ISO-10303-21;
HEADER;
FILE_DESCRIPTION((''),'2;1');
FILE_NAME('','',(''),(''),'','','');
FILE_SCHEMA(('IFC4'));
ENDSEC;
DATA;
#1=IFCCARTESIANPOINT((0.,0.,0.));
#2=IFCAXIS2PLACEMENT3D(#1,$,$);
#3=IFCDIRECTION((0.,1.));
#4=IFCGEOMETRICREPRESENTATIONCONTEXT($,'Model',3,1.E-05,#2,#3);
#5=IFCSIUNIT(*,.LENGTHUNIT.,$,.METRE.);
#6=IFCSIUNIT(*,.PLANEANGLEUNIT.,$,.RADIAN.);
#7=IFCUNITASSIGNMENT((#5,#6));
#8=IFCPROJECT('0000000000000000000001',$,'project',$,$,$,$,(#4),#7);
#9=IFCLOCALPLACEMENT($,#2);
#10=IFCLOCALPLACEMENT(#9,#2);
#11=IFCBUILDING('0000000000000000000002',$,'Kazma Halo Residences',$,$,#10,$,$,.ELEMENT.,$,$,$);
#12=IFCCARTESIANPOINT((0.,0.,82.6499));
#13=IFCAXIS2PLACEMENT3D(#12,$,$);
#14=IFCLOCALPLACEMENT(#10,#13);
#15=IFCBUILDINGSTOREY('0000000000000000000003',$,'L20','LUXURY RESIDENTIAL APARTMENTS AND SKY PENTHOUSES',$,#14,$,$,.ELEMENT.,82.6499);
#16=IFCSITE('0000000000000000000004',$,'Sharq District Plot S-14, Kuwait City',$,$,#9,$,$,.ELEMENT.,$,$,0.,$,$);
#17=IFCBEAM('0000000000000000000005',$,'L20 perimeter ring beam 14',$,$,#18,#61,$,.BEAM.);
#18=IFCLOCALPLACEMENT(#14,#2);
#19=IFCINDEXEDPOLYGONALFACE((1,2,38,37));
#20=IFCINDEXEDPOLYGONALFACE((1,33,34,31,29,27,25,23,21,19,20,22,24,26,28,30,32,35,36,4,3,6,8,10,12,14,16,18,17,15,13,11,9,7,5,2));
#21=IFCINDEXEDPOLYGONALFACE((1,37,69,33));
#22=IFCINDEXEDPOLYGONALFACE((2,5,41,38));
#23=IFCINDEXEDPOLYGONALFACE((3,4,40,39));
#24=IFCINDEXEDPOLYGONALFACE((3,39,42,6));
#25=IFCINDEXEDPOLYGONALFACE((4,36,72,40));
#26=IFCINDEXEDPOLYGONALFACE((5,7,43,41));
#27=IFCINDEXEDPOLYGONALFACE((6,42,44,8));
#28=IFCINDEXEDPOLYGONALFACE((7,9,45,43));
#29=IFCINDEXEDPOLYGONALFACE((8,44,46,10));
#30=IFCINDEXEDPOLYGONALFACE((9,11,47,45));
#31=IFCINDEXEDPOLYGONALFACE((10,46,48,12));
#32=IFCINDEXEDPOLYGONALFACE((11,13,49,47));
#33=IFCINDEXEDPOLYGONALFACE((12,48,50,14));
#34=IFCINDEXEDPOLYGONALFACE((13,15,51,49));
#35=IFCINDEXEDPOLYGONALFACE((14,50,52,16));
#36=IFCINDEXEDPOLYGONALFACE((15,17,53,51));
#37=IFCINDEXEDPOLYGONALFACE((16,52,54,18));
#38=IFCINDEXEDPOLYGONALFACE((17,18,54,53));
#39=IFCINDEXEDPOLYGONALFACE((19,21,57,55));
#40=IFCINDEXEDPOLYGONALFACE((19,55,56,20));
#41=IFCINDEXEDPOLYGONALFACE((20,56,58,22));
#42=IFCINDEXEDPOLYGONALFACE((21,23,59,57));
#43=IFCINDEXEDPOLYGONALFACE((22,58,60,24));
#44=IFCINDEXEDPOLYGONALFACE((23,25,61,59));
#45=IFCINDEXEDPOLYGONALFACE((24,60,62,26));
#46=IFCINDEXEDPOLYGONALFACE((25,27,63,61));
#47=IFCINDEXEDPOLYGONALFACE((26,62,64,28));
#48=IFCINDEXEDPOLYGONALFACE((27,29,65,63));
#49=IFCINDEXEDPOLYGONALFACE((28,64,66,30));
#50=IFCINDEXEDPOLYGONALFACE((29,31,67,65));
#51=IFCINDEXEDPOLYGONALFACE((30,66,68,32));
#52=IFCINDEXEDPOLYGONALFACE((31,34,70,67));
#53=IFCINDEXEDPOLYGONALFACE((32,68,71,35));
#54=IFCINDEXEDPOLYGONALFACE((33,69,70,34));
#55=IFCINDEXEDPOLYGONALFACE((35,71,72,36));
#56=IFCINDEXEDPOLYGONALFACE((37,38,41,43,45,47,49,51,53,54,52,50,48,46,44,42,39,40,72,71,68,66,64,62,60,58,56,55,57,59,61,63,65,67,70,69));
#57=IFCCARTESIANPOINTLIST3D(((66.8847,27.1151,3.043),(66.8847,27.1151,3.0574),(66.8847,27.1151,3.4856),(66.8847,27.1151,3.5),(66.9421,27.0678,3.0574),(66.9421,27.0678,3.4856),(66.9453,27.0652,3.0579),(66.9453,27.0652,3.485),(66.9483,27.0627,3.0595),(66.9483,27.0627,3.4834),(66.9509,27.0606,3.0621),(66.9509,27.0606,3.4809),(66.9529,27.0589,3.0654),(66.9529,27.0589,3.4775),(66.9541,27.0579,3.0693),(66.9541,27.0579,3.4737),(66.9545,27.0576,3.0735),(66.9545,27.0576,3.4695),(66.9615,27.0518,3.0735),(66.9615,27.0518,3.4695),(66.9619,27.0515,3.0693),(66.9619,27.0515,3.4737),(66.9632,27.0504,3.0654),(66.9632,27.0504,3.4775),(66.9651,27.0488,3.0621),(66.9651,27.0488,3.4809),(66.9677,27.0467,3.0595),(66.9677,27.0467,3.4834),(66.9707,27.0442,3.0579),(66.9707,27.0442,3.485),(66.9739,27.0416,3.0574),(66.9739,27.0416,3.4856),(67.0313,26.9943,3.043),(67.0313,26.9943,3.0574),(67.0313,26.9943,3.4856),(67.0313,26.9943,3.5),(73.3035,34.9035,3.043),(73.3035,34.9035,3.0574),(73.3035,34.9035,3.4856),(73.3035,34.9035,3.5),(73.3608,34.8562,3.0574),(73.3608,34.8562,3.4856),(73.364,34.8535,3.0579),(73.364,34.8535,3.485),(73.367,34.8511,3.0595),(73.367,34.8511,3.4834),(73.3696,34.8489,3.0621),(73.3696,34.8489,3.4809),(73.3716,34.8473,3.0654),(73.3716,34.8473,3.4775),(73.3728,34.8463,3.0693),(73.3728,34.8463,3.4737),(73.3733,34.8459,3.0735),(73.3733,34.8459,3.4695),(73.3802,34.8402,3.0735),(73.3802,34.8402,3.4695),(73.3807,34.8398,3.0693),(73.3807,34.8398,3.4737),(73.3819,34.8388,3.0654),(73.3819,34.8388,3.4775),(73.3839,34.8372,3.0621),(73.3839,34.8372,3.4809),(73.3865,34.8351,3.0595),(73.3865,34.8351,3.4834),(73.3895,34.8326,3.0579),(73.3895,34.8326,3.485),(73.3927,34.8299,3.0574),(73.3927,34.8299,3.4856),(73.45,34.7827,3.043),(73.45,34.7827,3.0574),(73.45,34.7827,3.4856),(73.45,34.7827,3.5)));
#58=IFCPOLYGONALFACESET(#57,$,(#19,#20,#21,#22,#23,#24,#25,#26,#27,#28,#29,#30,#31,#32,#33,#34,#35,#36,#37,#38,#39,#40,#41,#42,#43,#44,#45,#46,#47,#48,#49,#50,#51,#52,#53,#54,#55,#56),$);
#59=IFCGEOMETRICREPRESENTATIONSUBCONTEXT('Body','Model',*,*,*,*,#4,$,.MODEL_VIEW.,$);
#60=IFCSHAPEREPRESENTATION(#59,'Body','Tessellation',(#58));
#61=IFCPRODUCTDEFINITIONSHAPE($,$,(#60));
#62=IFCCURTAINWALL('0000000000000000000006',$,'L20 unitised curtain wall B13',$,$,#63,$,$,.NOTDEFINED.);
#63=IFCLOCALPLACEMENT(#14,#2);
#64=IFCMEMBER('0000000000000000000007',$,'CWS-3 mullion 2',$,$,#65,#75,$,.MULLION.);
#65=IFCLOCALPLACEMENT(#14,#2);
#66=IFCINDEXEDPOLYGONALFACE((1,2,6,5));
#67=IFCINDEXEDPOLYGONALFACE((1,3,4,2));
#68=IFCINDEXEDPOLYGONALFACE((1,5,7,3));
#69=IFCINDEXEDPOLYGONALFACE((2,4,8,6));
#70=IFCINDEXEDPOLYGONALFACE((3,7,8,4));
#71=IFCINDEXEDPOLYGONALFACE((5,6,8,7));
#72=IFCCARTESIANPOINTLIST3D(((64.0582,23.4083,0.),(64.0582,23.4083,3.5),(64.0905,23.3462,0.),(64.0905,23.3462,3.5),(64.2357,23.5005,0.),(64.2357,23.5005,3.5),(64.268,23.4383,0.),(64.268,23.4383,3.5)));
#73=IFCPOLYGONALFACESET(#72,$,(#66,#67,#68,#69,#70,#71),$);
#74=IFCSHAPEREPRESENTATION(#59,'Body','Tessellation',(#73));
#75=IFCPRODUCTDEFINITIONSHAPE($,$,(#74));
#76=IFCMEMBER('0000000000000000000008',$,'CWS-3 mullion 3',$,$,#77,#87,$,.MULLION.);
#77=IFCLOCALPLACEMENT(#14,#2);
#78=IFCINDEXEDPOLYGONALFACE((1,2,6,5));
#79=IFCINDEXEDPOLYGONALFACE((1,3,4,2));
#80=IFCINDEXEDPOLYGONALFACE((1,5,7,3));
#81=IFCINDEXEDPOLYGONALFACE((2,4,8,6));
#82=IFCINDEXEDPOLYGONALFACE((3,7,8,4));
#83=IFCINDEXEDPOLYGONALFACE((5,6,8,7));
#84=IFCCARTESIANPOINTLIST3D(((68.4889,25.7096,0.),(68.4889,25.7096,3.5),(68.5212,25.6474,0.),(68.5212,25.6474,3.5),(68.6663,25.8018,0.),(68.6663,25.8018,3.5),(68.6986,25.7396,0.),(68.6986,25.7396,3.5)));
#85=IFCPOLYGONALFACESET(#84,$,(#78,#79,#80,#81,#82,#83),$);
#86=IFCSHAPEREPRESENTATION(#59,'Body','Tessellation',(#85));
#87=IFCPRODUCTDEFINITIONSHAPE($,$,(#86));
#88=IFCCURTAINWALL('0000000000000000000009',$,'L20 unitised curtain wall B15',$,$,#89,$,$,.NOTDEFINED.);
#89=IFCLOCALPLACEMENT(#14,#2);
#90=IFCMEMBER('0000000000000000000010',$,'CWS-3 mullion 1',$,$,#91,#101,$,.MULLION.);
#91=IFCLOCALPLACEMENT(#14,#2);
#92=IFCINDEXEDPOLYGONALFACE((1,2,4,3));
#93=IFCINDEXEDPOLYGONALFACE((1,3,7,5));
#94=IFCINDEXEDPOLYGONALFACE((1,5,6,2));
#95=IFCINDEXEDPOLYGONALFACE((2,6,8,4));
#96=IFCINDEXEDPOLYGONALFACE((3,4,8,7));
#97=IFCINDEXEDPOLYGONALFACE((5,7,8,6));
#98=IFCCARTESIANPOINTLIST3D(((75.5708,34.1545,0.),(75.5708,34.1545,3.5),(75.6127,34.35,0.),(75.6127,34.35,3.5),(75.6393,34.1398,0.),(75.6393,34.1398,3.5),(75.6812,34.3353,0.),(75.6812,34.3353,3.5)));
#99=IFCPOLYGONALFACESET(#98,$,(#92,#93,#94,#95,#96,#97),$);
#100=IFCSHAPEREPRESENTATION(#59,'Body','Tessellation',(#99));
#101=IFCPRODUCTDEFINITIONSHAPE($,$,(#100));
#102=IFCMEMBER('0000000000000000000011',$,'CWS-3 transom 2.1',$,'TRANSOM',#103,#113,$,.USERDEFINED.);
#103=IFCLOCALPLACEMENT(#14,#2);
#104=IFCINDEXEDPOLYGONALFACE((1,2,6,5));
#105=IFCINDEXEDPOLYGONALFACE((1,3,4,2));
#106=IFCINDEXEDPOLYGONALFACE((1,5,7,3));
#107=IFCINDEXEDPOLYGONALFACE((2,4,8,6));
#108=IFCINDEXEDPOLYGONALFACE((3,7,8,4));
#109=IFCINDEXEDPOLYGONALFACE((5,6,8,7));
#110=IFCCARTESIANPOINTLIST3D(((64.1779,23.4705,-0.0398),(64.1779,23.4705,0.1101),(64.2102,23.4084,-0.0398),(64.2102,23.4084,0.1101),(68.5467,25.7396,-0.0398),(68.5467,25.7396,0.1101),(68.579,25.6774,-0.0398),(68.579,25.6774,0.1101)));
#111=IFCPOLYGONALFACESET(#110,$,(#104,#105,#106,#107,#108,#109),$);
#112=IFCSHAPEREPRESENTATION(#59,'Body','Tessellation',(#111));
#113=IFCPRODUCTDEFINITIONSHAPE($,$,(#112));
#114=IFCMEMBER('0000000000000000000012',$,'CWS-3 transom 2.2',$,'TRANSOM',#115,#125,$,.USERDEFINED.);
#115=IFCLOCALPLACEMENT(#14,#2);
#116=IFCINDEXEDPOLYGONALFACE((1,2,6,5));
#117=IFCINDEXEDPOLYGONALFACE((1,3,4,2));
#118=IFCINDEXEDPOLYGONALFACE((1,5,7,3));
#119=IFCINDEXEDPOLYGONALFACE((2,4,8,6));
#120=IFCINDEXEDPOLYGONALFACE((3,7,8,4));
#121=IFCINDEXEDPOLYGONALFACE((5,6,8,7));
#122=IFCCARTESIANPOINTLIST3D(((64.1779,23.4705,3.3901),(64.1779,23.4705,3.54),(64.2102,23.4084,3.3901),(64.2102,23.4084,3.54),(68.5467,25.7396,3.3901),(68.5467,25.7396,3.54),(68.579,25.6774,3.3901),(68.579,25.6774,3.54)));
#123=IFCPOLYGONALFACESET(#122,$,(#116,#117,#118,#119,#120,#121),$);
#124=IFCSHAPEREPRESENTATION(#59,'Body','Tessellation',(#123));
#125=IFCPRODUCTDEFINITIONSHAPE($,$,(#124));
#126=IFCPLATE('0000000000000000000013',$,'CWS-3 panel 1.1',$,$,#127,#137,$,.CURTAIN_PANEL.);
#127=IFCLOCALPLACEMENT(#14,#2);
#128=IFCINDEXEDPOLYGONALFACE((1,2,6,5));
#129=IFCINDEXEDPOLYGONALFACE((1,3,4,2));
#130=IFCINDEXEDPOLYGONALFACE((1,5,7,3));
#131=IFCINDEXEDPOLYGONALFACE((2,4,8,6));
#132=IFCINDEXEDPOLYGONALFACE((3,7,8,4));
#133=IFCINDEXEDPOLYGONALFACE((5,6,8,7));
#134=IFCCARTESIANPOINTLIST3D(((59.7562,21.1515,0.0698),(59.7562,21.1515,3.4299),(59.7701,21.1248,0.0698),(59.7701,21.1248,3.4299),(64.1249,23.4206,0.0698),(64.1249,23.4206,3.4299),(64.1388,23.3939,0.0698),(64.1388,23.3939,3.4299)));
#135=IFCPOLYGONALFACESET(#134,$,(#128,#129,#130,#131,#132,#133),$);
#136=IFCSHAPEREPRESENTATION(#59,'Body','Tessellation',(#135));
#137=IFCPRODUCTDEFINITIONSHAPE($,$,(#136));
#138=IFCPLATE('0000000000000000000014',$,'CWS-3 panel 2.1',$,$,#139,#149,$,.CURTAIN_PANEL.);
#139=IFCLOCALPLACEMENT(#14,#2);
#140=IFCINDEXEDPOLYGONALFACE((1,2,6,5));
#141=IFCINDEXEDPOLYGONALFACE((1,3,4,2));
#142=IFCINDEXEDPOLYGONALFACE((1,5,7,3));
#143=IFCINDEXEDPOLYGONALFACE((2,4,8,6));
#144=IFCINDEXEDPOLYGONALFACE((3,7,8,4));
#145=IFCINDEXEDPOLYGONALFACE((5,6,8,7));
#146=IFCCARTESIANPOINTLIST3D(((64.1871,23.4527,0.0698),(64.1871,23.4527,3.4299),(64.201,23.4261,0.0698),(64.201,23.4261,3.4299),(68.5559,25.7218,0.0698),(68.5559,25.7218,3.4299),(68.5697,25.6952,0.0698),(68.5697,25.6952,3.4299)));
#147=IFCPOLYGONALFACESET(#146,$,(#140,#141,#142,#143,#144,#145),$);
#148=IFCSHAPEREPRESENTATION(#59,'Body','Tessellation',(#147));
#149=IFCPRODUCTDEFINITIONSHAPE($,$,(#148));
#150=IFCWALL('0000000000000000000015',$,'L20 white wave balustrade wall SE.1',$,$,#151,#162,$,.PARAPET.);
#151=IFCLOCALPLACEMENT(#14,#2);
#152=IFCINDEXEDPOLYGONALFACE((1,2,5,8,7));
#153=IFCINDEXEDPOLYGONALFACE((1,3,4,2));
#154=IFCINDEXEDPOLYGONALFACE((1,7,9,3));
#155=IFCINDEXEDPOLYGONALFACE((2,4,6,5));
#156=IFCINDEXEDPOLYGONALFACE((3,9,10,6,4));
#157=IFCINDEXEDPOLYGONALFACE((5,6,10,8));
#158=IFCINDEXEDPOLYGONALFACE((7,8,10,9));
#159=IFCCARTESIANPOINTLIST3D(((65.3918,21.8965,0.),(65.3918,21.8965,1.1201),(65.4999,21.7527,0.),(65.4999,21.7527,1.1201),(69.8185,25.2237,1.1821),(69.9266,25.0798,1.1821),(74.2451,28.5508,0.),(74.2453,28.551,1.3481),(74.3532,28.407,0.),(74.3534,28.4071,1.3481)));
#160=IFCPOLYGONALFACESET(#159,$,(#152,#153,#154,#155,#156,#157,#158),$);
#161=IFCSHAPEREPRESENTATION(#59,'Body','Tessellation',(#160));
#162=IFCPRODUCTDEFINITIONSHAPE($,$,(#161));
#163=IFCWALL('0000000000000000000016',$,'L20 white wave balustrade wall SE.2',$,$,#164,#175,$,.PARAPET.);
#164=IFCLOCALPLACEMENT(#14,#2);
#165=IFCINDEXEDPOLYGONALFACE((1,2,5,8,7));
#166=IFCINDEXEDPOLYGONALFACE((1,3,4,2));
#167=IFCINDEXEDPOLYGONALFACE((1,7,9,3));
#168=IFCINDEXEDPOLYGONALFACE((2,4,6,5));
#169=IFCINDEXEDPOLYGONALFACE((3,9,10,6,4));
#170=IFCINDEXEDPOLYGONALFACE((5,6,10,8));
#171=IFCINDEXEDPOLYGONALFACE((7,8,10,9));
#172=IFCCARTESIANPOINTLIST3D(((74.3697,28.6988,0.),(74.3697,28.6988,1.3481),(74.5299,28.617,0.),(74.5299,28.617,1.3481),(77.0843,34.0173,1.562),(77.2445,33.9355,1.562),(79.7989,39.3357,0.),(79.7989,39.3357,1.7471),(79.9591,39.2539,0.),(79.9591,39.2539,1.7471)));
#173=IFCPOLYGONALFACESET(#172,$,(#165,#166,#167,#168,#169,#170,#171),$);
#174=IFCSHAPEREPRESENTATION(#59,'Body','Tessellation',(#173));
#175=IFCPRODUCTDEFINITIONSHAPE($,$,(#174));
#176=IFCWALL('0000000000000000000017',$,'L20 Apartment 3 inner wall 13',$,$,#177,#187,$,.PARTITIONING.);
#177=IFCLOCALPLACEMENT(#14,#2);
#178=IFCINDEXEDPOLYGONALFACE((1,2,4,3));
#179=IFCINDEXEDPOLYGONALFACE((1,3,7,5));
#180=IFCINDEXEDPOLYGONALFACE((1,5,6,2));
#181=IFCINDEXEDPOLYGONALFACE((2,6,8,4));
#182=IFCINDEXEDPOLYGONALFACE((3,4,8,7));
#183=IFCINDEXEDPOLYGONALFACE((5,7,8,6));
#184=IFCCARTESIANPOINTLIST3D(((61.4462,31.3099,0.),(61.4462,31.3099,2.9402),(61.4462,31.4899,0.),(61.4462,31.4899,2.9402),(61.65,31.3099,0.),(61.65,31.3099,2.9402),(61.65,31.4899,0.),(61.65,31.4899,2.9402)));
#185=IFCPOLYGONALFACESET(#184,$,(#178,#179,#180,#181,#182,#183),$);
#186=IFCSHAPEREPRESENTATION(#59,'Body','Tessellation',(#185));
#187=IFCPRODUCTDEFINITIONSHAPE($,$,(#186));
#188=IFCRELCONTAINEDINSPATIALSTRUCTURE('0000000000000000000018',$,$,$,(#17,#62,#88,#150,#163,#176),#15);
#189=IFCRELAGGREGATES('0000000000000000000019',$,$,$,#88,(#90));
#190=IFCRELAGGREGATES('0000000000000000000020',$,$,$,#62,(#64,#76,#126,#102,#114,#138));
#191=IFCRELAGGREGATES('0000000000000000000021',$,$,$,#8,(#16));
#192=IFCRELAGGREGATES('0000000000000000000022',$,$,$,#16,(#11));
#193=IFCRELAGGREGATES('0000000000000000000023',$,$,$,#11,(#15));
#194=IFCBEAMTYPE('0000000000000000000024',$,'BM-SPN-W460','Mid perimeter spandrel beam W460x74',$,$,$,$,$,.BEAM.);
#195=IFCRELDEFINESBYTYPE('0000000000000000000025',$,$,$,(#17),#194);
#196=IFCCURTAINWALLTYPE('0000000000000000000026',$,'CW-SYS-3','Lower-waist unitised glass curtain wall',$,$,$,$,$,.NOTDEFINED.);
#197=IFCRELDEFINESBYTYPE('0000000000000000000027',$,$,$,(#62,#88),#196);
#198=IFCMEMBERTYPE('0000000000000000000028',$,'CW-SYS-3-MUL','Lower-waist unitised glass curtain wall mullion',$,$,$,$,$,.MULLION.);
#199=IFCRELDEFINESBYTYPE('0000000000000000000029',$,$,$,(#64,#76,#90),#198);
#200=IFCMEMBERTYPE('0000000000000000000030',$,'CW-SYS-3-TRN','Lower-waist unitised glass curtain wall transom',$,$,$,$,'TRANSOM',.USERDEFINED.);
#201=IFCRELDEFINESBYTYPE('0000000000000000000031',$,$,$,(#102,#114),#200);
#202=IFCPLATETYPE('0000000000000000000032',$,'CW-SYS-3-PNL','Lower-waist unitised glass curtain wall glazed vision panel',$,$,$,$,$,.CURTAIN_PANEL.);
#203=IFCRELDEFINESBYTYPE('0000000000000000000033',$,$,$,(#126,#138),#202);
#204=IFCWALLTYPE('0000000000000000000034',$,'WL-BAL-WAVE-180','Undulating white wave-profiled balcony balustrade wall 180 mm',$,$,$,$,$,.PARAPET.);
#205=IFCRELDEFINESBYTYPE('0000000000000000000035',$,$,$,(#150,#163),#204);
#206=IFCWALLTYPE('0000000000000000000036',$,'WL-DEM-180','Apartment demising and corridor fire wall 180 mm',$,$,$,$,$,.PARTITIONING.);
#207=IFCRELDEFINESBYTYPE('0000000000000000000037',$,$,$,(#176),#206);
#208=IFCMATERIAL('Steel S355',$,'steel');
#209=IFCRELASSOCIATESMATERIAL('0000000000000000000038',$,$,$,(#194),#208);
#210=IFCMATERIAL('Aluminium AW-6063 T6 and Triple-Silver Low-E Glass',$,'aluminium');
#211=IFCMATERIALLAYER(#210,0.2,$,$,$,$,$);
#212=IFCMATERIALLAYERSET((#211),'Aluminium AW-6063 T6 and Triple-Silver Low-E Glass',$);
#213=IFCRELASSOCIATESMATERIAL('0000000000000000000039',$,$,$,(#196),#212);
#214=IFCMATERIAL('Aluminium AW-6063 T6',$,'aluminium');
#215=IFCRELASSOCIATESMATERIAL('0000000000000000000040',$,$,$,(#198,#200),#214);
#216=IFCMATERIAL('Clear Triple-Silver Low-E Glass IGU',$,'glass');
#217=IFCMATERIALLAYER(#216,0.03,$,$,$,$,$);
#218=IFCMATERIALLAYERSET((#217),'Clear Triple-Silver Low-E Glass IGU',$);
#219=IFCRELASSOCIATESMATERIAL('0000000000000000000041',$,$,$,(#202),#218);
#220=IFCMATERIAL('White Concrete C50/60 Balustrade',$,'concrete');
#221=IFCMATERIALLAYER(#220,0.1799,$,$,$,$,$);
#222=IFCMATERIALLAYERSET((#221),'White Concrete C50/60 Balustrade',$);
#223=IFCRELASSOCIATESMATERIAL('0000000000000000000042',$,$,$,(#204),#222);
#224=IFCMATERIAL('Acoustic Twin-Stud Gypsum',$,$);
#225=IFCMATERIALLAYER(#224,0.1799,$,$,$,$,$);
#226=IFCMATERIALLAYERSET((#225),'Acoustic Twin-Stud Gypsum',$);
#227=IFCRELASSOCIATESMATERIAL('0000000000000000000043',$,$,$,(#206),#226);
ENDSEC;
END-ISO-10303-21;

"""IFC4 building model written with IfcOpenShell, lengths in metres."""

from ifc_helpers import new_model, si_unit, direction, frame, frame_2d, origin, origin_2d, place, context, subcontext, project, spatial, polyline, rectangle, i_section, outline, extrude, material, layer, layer_set, material_profile, profile_set, type_object, element, aggregate, save


model = new_model("IFC4")

# Units and contexts
model_context = context("Model", 3, precision=1e-05, world=origin(), true_north=direction((0.0, 1.0)))
body_context = subcontext(model_context, "Body", "Model", "MODEL_VIEW")
ifc_project = project(units=[si_unit("LENGTHUNIT", "METRE"), si_unit("PLANEANGLEUNIT", "RADIAN")], contexts=[model_context])

# Site, building, storey
site_placement = place(None, origin())
site = spatial("IfcSite", under=ifc_project, at=site_placement, Name="Sharq District Plot S-14, Kuwait City", CompositionType="ELEMENT", RefElevation=0.0)
building_placement = place(site_placement, origin())
building = spatial("IfcBuilding", under=site, at=building_placement, Name="Kazma Halo Residences", CompositionType="ELEMENT")
storey_placement = place(building_placement, frame((0.0, 0.0, 82.6499)))
storey = spatial("IfcBuildingStorey", under=building, at=storey_placement, Name="L20", Description="LUXURY RESIDENTIAL APARTMENTS AND SKY PENTHOUSES", CompositionType="ELEMENT", Elevation=82.6499)

# Beam
ifc_material_1 = material(Name="Steel S355", Category="steel")
ifc_material_profile_1 = material_profile(ifc_material_1, i_section(OverallWidth=0.1899, OverallDepth=0.457, WebThickness=0.009, FlangeThickness=0.0144, FilletRadius=0.0161, at=origin_2d()), Name="W460x74")
ifc_profile_set_1 = profile_set([ifc_material_profile_1], Name="Steel S355")
beam_type_1 = type_object("IfcBeamType", Name="BM-SPN-W460", Description="Mid perimeter spandrel beam W460x74", PredefinedType="BEAM", material=ifc_profile_set_1)
beam_1_placement = place(storey_placement, frame((66.958, 27.0547, 3.2715), z_axis=(0.63599, 0.771698, 0.0), x_axis=(-0.771698, 0.63599, 0.0)))
element("IfcBeam", 1, at=beam_1_placement, inside=storey, type_object=beam_type_1, Name="L20 perimeter ring beam 14", PredefinedType="BEAM", context=body_context, shape_type="SweptSolid", body=[
    extrude(i_section(OverallWidth=0.1899, OverallDepth=0.457, WebThickness=0.009, FlangeThickness=0.0144, FilletRadius=0.0161, at=origin_2d()), origin(), (0.0, 0.0, 1.0), 10.0925),
])

# Curtain wall, members
ifc_material_2 = material(Name="Aluminium AW-6063 T6 and Triple-Silver Low-E Glass", Category="aluminium")
ifc_layer_1 = layer(ifc_material_2, 0.2)
ifc_layer_set_1 = layer_set([ifc_layer_1], Name="Aluminium AW-6063 T6 and Triple-Silver Low-E Glass")
curtain_wall_type = type_object("IfcCurtainWallType", Name="CW-SYS-3", Description="Lower-waist unitised glass curtain wall", PredefinedType="NOTDEFINED", material=ifc_layer_set_1)
curtain_wall_1_placement = place(storey_placement, origin())
curtain_wall_1 = element("IfcCurtainWall", 2, at=curtain_wall_1_placement, inside=storey, type_object=curtain_wall_type, Name="L20 unitised curtain wall B13", PredefinedType="NOTDEFINED")
ifc_material_3 = material(Name="Aluminium AW-6063 T6", Category="aluminium")
ifc_material_profile_2 = material_profile(ifc_material_3, rectangle(XDim=0.0701, YDim=0.2, at=origin_2d()), Name="CWM-70x200")
ifc_profile_set_2 = profile_set([ifc_material_profile_2], Name="Aluminium AW-6063 T6")
member_type_1 = type_object("IfcMemberType", Name="CW-SYS-3-MUL", Description="Lower-waist unitised glass curtain wall mullion", PredefinedType="MULLION", material=ifc_profile_set_2)
member_1_placement = place(storey_placement, frame((64.1631, 23.4233, 0.0), z_axis=(0.0, 0.0, 1.0), x_axis=(-0.460932, 0.887435, 0.0)))
member_1 = element("IfcMember", 3, at=member_1_placement, type_object=member_type_1, Name="CWS-3 mullion 2", PredefinedType="MULLION", context=body_context, shape_type="SweptSolid", body=[
    extrude(rectangle(XDim=0.0701, YDim=0.2, at=origin_2d()), origin(), (0.0, 0.0, 1.0), 3.5),
])
member_2_placement = place(storey_placement, frame((68.5938, 25.7246, 0.0), z_axis=(0.0, 0.0, 1.0), x_axis=(-0.460932, 0.887435, 0.0)))
member_2 = element("IfcMember", 4, at=member_2_placement, type_object=member_type_1, Name="CWS-3 mullion 3", PredefinedType="MULLION", context=body_context, shape_type="SweptSolid", body=[
    extrude(rectangle(XDim=0.0701, YDim=0.2, at=origin_2d()), origin(), (0.0, 0.0, 1.0), 3.5),
])

# Curtain wall, member
curtain_wall_2_placement = place(storey_placement, origin())
curtain_wall_2 = element("IfcCurtainWall", 5, at=curtain_wall_2_placement, inside=storey, type_object=curtain_wall_type, Name="L20 unitised curtain wall B15", PredefinedType="NOTDEFINED")
member_3_placement = place(storey_placement, frame((75.626, 34.2449, 0.0), z_axis=(0.0, 0.0, 1.0), x_axis=(-0.977774, 0.209661, 0.0)))
member_3 = element("IfcMember", 6, at=member_3_placement, type_object=member_type_1, Name="CWS-3 mullion 1", PredefinedType="MULLION", context=body_context, shape_type="SweptSolid", body=[
    extrude(rectangle(XDim=0.0701, YDim=0.2, at=origin_2d()), origin(), (0.0, 0.0, 1.0), 3.5),
])
aggregate(curtain_wall_2, [member_3])

# Members
ifc_material_profile_3 = material_profile(ifc_material_3, rectangle(XDim=0.0701, YDim=0.1499, at=origin_2d()), Name="CWT-70x150")
ifc_profile_set_3 = profile_set([ifc_material_profile_3], Name="Aluminium AW-6063 T6")
member_type_2 = type_object("IfcMemberType", Name="CW-SYS-3-TRN", Description="Lower-waist unitised glass curtain wall transom", ElementType="TRANSOM", PredefinedType="USERDEFINED", material=ifc_profile_set_3)
member_4_placement = place(storey_placement, frame((64.1941, 23.4395, 0.0352), z_axis=(0.887438, 0.460928, 0.0), x_axis=(-0.460928, 0.887438, 0.0)))
member_4 = element("IfcMember", 7, at=member_4_placement, type_object=member_type_2, Name="CWS-3 transom 2.1", ObjectType="TRANSOM", PredefinedType="USERDEFINED", context=body_context, shape_type="SweptSolid", body=[
    extrude(rectangle(XDim=0.0701, YDim=0.1499, at=origin_2d()), origin(), (0.0, 0.0, 1.0), 4.9229),
])
member_5_placement = place(storey_placement, frame((64.1941, 23.4395, 3.4651), z_axis=(0.887438, 0.460928, 0.0), x_axis=(-0.460928, 0.887438, 0.0)))
member_5 = element("IfcMember", 8, at=member_5_placement, type_object=member_type_2, Name="CWS-3 transom 2.2", ObjectType="TRANSOM", PredefinedType="USERDEFINED", context=body_context, shape_type="SweptSolid", body=[
    extrude(rectangle(XDim=0.0701, YDim=0.1499, at=origin_2d()), origin(), (0.0, 0.0, 1.0), 4.9229),
])

# Plates
ifc_material_4 = material(Name="Clear Triple-Silver Low-E Glass IGU", Category="glass")
ifc_layer_2 = layer(ifc_material_4, 0.03)
ifc_layer_set_2 = layer_set([ifc_layer_2], Name="Clear Triple-Silver Low-E Glass IGU")
plate_type = type_object("IfcPlateType", Name="CW-SYS-3-PNL", Description="Lower-waist unitised glass curtain wall glazed vision panel", PredefinedType="CURTAIN_PANEL", material=ifc_layer_set_2)
plate_1_placement = place(storey_placement, frame((61.9475, 22.2727, 0.0698), z_axis=(0.0, 0.0, 1.0), x_axis=(0.887435, 0.460932, 0.0)))
plate_1 = element("IfcPlate", 9, at=plate_1_placement, type_object=plate_type, Name="CWS-3 panel 1.1", PredefinedType="CURTAIN_PANEL", context=body_context, shape_type="SweptSolid", body=[
    extrude(rectangle(XDim=4.9229, YDim=0.03, at=origin_2d()), origin(), (0.0, 0.0, 1.0), 3.3601),
])
plate_2_placement = place(storey_placement, frame((66.3784, 24.574, 0.0698), z_axis=(0.0, 0.0, 1.0), x_axis=(0.887435, 0.460932, 0.0)))
plate_2 = element("IfcPlate", 10, at=plate_2_placement, type_object=plate_type, Name="CWS-3 panel 2.1", PredefinedType="CURTAIN_PANEL", context=body_context, shape_type="SweptSolid", body=[
    extrude(rectangle(XDim=4.9229, YDim=0.03, at=origin_2d()), origin(), (0.0, 0.0, 1.0), 3.3601),
])
aggregate(curtain_wall_1, [member_1, member_2, plate_1, member_4, member_5, plate_2])

# Walls
ifc_material_5 = material(Name="White Concrete C50/60 Balustrade", Category="concrete")
ifc_layer_3 = layer(ifc_material_5, 0.1799)
ifc_layer_set_3 = layer_set([ifc_layer_3], Name="White Concrete C50/60 Balustrade")
wall_type_1 = type_object("IfcWallType", Name="WL-BAL-WAVE-180", Description="Undulating white wave-profiled balcony balustrade wall 180 mm", PredefinedType="PARAPET", material=ifc_layer_set_3)
wall_1_placement = place(storey_placement, frame((65.4458, 21.8247, 0.0), z_axis=(0.0, 0.0, 1.0), x_axis=(0.799378, 0.600829, 0.0)))
element("IfcWall", 11, at=wall_1_placement, inside=storey, type_object=wall_type_1, Name="L20 white wave balustrade wall SE.1", PredefinedType="PARAPET", context=body_context, shape_type="SweptSolid", body=[
    extrude(outline(polyline([(0.0, 0.0), (11.0752, 0.0), (11.0754, 1.3481), (5.5376, 1.1821), (0.0, 1.1201), (0.0, 0.0)])), frame((0.0, 0.0898, 0.0), z_axis=(0.0, -1.0, 0.0), x_axis=(1.0, 0.0, 0.0)), (0.0, 0.0, 1.0), 0.1799),
])
wall_2_placement = place(storey_placement, frame((74.4497, 28.658, 0.0), z_axis=(0.0, 0.0, 1.0), x_axis=(0.454615, 0.890688, 0.0)))
element("IfcWall", 12, at=wall_2_placement, inside=storey, type_object=wall_type_1, Name="L20 white wave balustrade wall SE.2", PredefinedType="PARAPET", context=body_context, shape_type="SweptSolid", body=[
    extrude(outline(polyline([(0.0, 0.0), (11.9424, 0.0), (11.9424, 1.7471), (5.9712, 1.562), (0.0, 1.3481), (0.0, 0.0)])), frame((0.0, 0.0898, 0.0), z_axis=(0.0, -1.0, 0.0), x_axis=(1.0, 0.0, 0.0)), (0.0, 0.0, 1.0), 0.1799),
])
ifc_material_6 = material(Name="Acoustic Twin-Stud Gypsum")
ifc_layer_4 = layer(ifc_material_6, 0.1799)
ifc_layer_set_4 = layer_set([ifc_layer_4], Name="Acoustic Twin-Stud Gypsum")
wall_type_2 = type_object("IfcWallType", Name="WL-DEM-180", Description="Apartment demising and corridor fire wall 180 mm", PredefinedType="PARTITIONING", material=ifc_layer_set_4)
wall_3_placement = place(storey_placement, frame((61.446, 31.3999, 0.0), z_axis=(0.0, 0.0, 1.0), x_axis=(1.0, 0.0, 0.0)))
element("IfcWall", 13, at=wall_3_placement, inside=storey, type_object=wall_type_2, Name="L20 Apartment 3 inner wall 13", PredefinedType="PARTITIONING", context=body_context, shape_type="SweptSolid", body=[
    extrude(rectangle(XDim=0.2039, YDim=0.1799, at=frame_2d((0.1021, 0.0))), origin(), (0.0, 0.0, 1.0), 2.9402),
])

save(model, "model.ifc")
